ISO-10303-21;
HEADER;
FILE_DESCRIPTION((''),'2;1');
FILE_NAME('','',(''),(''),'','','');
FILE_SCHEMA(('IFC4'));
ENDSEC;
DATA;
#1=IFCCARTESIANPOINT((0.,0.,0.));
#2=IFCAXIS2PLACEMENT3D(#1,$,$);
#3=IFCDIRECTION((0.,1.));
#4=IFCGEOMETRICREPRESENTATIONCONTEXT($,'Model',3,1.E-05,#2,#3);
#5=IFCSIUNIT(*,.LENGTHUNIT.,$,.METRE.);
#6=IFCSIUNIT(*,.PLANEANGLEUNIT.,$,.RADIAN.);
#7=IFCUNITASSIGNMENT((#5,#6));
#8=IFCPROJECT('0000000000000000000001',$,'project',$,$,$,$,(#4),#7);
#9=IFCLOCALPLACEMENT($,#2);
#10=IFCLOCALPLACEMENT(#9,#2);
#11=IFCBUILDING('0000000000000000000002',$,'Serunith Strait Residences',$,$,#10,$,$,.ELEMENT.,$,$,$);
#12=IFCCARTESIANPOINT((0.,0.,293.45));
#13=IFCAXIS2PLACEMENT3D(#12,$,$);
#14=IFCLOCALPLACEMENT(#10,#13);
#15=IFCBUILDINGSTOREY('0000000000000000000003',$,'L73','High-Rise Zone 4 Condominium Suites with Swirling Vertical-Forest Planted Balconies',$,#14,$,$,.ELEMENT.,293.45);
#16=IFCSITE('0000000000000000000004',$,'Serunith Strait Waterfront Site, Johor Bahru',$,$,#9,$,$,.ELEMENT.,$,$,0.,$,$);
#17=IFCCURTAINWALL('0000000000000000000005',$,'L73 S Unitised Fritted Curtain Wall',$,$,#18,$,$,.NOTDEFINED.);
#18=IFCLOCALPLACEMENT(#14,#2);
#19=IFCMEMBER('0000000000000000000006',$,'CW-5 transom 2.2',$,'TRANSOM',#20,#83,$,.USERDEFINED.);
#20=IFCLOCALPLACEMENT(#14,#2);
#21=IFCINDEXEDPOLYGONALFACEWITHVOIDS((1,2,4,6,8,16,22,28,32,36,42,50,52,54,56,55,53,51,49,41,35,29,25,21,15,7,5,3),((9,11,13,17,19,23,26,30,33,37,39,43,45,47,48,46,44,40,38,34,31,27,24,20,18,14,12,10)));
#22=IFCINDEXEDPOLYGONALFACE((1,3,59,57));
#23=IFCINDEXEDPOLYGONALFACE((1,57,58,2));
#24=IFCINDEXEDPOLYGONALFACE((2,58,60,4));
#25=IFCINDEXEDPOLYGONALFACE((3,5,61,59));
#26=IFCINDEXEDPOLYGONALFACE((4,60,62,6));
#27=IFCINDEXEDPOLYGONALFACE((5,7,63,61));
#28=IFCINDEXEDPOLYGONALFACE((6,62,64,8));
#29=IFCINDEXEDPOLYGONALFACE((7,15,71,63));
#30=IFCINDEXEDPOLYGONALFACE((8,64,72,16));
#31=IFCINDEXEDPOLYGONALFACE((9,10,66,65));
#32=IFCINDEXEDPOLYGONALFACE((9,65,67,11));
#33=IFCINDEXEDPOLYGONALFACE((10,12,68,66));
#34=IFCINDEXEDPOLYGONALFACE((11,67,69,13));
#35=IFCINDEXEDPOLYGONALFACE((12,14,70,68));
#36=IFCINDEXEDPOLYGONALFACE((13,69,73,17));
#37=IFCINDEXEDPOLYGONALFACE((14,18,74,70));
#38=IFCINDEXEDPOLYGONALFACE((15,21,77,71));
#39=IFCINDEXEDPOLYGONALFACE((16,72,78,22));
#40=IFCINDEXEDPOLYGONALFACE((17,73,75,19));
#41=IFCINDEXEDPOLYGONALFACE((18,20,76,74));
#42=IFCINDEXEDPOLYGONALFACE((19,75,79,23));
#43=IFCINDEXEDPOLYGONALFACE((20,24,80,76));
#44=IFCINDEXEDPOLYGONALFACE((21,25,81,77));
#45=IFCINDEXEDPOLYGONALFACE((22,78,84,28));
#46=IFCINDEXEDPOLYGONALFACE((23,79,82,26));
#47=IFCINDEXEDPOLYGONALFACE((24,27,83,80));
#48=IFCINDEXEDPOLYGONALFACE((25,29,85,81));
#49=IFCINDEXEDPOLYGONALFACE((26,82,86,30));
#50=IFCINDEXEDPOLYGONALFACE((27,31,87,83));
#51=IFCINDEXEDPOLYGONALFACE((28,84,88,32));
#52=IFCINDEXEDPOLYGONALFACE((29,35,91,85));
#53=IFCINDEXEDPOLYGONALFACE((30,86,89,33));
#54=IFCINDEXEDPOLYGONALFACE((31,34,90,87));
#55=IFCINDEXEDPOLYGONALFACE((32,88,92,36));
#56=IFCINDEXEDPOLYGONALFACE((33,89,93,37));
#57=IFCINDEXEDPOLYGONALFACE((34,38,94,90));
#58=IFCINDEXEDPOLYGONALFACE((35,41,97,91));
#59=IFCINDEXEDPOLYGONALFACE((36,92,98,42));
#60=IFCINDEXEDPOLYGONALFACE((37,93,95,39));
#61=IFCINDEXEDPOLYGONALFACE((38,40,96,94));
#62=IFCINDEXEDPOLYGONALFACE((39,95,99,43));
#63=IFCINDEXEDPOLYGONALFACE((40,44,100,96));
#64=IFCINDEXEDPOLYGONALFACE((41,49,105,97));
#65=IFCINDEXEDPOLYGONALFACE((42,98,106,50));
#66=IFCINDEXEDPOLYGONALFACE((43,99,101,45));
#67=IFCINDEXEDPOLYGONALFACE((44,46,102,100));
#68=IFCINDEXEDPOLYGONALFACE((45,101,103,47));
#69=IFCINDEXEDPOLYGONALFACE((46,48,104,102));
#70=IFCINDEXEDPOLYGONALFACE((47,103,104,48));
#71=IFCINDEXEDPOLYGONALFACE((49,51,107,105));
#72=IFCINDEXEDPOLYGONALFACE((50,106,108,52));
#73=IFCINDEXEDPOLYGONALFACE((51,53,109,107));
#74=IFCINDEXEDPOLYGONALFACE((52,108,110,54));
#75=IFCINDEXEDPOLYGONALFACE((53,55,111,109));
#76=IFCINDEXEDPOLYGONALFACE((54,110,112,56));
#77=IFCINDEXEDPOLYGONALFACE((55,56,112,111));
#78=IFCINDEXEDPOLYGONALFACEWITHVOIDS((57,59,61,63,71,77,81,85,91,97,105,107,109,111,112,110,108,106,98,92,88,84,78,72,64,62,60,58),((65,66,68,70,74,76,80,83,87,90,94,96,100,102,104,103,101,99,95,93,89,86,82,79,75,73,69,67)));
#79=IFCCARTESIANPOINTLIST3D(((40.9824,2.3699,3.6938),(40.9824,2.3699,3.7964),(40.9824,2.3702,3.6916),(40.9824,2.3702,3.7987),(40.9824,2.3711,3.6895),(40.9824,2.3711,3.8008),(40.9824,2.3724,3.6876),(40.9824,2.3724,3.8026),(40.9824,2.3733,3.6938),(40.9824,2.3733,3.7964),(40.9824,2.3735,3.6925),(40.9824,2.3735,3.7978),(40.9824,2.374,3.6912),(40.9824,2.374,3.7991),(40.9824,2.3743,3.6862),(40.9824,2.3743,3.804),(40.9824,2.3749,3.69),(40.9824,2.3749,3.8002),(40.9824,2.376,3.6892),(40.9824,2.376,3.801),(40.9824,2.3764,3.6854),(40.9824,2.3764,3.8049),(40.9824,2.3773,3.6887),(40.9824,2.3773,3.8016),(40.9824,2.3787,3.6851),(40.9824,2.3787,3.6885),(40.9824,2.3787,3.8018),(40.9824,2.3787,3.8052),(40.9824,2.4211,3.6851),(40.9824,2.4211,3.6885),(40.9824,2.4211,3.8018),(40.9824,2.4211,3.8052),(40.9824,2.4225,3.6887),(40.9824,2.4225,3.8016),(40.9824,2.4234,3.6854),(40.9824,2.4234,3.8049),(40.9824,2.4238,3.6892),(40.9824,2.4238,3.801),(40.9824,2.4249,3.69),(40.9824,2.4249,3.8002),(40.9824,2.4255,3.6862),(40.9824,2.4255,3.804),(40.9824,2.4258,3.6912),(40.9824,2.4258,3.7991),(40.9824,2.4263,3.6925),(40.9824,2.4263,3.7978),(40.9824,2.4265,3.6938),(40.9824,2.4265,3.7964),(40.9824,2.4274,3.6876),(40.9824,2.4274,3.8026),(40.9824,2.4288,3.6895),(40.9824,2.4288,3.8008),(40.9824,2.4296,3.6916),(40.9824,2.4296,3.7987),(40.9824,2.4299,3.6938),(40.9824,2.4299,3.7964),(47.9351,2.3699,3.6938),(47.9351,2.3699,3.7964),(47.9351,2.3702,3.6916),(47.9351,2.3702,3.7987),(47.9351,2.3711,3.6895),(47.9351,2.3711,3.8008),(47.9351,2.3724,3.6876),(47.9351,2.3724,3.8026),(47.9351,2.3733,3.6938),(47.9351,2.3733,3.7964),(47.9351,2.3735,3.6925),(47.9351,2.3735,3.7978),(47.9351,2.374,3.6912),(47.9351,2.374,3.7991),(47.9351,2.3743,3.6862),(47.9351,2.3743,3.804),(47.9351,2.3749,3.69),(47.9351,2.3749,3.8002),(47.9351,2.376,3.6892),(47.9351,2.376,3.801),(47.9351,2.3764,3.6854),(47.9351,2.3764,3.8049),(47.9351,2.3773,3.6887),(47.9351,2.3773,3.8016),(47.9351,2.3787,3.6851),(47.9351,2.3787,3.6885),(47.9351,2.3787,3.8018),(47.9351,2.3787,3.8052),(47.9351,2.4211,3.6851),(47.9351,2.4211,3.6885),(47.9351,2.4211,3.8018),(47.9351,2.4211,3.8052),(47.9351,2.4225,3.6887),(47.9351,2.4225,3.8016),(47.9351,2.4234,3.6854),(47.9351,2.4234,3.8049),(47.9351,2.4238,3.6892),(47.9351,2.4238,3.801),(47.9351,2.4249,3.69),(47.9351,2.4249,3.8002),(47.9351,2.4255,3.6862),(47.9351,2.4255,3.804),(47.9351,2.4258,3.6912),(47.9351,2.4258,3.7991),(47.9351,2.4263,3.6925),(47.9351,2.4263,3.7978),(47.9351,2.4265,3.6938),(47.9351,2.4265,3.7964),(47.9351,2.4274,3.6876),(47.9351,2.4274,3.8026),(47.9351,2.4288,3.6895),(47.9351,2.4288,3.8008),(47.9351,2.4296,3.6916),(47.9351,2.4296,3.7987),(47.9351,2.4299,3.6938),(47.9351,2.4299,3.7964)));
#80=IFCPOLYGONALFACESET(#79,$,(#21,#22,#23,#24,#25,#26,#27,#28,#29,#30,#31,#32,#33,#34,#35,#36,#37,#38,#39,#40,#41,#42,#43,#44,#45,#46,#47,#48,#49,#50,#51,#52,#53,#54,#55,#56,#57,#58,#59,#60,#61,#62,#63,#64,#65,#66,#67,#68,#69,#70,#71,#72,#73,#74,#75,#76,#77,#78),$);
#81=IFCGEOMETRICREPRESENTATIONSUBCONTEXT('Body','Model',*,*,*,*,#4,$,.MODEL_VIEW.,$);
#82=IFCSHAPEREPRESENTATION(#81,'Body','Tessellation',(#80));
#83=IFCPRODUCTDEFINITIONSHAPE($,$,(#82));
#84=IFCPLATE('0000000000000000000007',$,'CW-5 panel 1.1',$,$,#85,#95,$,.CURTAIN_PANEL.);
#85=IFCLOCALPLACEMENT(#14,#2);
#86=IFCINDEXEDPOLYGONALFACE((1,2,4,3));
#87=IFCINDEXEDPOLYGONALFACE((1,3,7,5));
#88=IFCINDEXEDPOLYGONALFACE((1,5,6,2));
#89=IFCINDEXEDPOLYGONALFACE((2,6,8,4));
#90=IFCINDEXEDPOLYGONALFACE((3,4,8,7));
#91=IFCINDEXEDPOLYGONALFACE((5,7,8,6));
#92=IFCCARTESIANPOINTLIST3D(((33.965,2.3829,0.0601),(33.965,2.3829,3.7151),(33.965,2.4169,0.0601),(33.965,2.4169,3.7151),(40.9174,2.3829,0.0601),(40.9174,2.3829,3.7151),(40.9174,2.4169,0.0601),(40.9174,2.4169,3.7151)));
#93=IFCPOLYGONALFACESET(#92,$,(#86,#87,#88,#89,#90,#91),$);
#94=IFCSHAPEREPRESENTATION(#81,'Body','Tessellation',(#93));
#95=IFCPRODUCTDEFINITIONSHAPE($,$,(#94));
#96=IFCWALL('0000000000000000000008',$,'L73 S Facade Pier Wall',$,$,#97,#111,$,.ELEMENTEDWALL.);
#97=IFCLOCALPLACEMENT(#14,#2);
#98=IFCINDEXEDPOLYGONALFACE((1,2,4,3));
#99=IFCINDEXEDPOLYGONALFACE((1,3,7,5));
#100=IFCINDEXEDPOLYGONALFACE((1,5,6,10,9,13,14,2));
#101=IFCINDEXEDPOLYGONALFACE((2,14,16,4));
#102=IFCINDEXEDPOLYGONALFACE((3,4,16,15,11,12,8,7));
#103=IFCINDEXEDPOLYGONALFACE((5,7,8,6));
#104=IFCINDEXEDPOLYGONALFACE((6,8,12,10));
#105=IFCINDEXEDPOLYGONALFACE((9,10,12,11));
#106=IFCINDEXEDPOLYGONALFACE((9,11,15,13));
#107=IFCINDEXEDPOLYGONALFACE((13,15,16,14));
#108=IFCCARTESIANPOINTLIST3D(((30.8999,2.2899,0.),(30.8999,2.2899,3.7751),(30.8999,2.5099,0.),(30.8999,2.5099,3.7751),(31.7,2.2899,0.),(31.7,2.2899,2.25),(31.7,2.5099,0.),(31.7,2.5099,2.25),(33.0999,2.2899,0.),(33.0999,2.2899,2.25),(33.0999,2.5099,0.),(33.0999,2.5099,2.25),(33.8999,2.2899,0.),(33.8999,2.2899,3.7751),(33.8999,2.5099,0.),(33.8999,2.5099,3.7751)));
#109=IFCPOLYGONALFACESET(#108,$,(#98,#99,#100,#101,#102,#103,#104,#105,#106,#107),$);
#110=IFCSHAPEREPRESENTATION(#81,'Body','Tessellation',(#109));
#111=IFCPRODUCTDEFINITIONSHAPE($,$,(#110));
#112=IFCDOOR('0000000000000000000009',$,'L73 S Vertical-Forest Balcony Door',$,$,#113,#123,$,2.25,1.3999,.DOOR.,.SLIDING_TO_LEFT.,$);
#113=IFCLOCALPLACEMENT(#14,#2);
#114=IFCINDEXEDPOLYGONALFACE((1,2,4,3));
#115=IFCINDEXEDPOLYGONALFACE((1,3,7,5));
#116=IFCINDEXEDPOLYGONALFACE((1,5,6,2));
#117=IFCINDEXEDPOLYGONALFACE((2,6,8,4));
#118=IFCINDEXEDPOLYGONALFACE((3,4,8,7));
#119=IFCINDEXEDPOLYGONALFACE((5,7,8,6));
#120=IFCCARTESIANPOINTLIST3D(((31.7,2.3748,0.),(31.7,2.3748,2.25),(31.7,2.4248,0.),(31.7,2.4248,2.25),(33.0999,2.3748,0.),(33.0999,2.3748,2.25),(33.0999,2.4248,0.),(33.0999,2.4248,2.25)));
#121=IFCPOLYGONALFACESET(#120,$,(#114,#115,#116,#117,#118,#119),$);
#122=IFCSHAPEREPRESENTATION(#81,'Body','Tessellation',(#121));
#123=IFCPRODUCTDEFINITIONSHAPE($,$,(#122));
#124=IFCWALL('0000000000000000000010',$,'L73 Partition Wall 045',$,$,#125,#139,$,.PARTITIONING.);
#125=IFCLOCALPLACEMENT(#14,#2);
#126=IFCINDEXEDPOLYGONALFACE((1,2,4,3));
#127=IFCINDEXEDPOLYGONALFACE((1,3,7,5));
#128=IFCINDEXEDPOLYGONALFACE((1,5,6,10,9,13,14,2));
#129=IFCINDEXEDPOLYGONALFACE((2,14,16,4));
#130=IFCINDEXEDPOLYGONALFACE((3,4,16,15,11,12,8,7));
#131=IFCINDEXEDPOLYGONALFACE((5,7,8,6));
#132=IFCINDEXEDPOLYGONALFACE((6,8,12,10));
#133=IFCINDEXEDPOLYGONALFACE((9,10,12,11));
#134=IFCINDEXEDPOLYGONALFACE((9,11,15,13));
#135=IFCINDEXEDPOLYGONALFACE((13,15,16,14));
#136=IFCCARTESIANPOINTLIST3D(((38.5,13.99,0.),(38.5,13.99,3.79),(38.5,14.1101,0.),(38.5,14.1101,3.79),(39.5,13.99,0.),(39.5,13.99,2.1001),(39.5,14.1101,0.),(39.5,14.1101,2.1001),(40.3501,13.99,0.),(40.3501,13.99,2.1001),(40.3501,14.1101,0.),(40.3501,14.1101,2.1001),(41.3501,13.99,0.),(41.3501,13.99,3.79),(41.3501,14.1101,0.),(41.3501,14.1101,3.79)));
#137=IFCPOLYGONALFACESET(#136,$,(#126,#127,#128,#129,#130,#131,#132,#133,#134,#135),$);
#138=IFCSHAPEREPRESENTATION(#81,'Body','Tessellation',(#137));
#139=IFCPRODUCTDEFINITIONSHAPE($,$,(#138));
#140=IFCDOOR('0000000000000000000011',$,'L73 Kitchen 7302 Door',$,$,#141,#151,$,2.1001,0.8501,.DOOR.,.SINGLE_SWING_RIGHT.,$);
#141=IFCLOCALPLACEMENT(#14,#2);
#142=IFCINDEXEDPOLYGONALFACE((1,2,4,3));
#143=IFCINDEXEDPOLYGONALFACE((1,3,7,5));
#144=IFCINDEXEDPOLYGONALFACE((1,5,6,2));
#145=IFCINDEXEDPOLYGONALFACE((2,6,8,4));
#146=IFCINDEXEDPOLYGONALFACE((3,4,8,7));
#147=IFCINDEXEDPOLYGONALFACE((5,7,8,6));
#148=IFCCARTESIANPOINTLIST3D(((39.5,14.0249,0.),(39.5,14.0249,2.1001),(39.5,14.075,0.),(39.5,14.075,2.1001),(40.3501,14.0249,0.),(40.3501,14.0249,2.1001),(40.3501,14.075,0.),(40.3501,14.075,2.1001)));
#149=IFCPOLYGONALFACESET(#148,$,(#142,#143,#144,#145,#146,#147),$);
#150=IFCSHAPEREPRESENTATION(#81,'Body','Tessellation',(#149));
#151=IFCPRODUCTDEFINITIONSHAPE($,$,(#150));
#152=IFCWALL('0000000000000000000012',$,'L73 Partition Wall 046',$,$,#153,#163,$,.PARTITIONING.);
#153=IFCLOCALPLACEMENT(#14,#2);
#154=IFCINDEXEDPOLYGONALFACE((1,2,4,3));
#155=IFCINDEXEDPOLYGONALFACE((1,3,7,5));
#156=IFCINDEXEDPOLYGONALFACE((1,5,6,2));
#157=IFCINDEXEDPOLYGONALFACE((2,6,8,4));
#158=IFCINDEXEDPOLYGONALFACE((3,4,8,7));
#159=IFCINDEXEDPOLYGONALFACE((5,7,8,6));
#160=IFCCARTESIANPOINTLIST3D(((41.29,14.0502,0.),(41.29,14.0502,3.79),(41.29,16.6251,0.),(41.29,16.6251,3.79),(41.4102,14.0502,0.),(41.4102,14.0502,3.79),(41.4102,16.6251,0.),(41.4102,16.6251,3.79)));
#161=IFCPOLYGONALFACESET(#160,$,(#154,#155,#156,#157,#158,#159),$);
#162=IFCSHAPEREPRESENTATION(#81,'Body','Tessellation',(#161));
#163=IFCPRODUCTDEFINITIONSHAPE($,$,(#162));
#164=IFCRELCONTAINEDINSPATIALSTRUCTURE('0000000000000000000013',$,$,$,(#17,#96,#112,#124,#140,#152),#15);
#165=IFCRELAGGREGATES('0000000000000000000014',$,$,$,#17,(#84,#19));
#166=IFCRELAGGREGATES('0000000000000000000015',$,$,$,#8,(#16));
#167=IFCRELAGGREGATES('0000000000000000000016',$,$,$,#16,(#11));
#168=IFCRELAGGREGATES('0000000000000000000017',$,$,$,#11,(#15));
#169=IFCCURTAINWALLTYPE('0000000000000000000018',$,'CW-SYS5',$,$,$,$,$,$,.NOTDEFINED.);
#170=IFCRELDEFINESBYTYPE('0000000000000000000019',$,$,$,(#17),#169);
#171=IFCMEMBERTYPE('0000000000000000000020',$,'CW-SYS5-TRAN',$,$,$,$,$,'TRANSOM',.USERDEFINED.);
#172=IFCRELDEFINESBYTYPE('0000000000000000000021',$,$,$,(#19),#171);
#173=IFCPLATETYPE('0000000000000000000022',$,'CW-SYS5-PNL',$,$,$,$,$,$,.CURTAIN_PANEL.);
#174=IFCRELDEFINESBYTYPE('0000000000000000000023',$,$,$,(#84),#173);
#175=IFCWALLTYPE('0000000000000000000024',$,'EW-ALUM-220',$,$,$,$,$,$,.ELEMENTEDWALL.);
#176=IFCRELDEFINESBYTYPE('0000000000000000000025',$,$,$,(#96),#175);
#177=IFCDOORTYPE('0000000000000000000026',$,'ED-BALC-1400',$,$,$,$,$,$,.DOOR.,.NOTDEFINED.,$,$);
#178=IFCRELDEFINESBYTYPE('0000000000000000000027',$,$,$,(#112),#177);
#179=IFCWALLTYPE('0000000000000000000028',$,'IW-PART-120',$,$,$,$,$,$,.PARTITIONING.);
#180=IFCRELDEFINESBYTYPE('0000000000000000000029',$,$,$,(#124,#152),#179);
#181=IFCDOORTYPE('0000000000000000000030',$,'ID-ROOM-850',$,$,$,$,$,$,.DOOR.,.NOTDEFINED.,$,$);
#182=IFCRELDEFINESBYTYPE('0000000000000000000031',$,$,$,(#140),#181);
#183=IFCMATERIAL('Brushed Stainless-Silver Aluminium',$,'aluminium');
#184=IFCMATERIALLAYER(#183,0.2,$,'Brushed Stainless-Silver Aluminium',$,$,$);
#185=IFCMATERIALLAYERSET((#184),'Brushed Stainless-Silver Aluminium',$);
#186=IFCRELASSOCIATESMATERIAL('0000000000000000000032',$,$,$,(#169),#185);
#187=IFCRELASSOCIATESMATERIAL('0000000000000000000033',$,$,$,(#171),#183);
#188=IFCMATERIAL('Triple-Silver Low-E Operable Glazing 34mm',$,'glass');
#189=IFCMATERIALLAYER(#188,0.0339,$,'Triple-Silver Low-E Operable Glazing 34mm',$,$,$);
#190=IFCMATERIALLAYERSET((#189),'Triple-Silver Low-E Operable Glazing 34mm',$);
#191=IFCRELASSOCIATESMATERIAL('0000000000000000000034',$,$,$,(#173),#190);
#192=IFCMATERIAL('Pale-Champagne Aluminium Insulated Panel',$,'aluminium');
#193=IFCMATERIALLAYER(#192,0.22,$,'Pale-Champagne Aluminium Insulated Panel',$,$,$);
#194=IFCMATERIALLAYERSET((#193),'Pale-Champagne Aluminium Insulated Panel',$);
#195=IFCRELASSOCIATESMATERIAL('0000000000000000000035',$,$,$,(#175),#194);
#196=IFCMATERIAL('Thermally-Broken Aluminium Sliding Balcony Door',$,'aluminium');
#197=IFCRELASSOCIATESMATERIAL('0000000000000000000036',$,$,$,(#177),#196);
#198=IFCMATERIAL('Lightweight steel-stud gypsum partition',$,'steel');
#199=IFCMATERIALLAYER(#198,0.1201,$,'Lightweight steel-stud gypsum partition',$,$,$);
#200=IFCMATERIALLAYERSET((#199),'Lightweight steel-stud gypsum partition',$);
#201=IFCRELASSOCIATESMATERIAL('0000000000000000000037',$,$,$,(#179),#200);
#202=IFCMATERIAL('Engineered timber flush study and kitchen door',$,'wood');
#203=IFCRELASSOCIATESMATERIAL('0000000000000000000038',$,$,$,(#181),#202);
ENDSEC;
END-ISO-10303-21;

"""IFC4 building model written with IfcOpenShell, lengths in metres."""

from ifc_helpers import new_model, si_unit, direction, frame, frame_2d, origin, origin_2d, place, context, subcontext, project, spatial, rectangle, hollow_rectangle, extrude, source, transform, mapped, material, layer, layer_set, material_profile, profile_set, type_object, element, fill, aggregate, save


model = new_model("IFC4")

# Units and contexts
model_context = context("Model", 3, precision=1e-05, world=origin(), true_north=direction((0.0, 1.0)))
body_context = subcontext(model_context, "Body", "Model", "MODEL_VIEW")
ifc_project = project(units=[si_unit("LENGTHUNIT", "METRE"), si_unit("PLANEANGLEUNIT", "RADIAN")], contexts=[model_context])

# Site, building, storey
site_placement = place(None, origin())
site = spatial("IfcSite", under=ifc_project, at=site_placement, Name="Serunith Strait Waterfront Site, Johor Bahru", CompositionType="ELEMENT", RefElevation=0.0)
building_placement = place(site_placement, origin())
building = spatial("IfcBuilding", under=site, at=building_placement, Name="Serunith Strait Residences", CompositionType="ELEMENT")
storey_placement = place(building_placement, frame((0.0, 0.0, 293.45)))
storey = spatial("IfcBuildingStorey", under=building, at=storey_placement, Name="L73", Description="High-Rise Zone 4 Condominium Suites with Swirling Vertical-Forest Planted Balconies", CompositionType="ELEMENT", Elevation=293.45)

# Shared definitions
ifc_material_1 = material(Name="Brushed Stainless-Silver Aluminium", Category="aluminium")
ifc_layer_1 = layer(ifc_material_1, 0.2, Name="Brushed Stainless-Silver Aluminium")
ifc_layer_set_1 = layer_set([ifc_layer_1], Name="Brushed Stainless-Silver Aluminium")
curtain_wall_type = type_object("IfcCurtainWallType", Name="CW-SYS5", PredefinedType="NOTDEFINED", material=ifc_layer_set_1)

# Curtain wall, member, plate
curtain_wall_1_placement = place(storey_placement, origin())
curtain_wall_1 = element("IfcCurtainWall", 1, at=curtain_wall_1_placement, inside=storey, type_object=curtain_wall_type, Name="L73 S Unitised Fritted Curtain Wall", PredefinedType="NOTDEFINED")
ifc_material_profile_1 = material_profile(ifc_material_1, hollow_rectangle(XDim=0.0601, YDim=0.1201, WallThickness=0.0034, InnerFilletRadius=0.0054, OuterFilletRadius=0.0088, at=origin_2d()), Name="ALU 120x60x3.5")
ifc_profile_set_1 = profile_set([ifc_material_profile_1], Name="Brushed Stainless-Silver Aluminium")
member_type_1 = type_object("IfcMemberType", Name="CW-SYS5-TRAN", ElementType="TRANSOM", PredefinedType="USERDEFINED", material=ifc_profile_set_1)
shared_shape_1 = source(origin(), body_context, "Body", "SweptSolid", [
    extrude(hollow_rectangle(XDim=0.0601, YDim=0.1201, WallThickness=0.0034, InnerFilletRadius=0.0054, OuterFilletRadius=0.0088, at=origin_2d()), origin(), (0.0, 0.0, 1.0), 6.9526),
])
member_1_placement = place(storey_placement, frame((40.9824, 2.3999, 3.7451), z_axis=(1.0, 0.0, 0.0), x_axis=(0.0, 1.0, 0.0)))
member_1 = element("IfcMember", 2, at=member_1_placement, type_object=member_type_1, Name="CW-5 transom 2.2", ObjectType="TRANSOM", PredefinedType="USERDEFINED", context=body_context, shape_type="MappedRepresentation", body=[
    mapped(shared_shape_1, transform((0.0, 0.0, 0.0), scale=1.0)),
])
ifc_material_2 = material(Name="Triple-Silver Low-E Operable Glazing 34mm", Category="glass")
ifc_layer_2 = layer(ifc_material_2, 0.0339, Name="Triple-Silver Low-E Operable Glazing 34mm")
ifc_layer_set_2 = layer_set([ifc_layer_2], Name="Triple-Silver Low-E Operable Glazing 34mm")
plate_type = type_object("IfcPlateType", Name="CW-SYS5-PNL", PredefinedType="CURTAIN_PANEL", material=ifc_layer_set_2)
shared_shape_2 = source(origin(), body_context, "Body", "SweptSolid", [
    extrude(rectangle(XDim=6.9524, YDim=0.0339, at=origin_2d()), origin(), (0.0, 0.0, 1.0), 3.655),
])
plate_placement = place(storey_placement, frame((37.4412, 2.3999, 0.0601), z_axis=(0.0, 0.0, 1.0), x_axis=(1.0, 0.0, 0.0)))
plate = element("IfcPlate", 3, at=plate_placement, type_object=plate_type, Name="CW-5 panel 1.1", PredefinedType="CURTAIN_PANEL", context=body_context, shape_type="MappedRepresentation", body=[
    mapped(shared_shape_2, transform((0.0, 0.0, 0.0), scale=1.0)),
])
aggregate(curtain_wall_1, [plate, member_1])

# Walls, openings, doors
ifc_material_3 = material(Name="Pale-Champagne Aluminium Insulated Panel", Category="aluminium")
ifc_layer_3 = layer(ifc_material_3, 0.22, Name="Pale-Champagne Aluminium Insulated Panel")
ifc_layer_set_3 = layer_set([ifc_layer_3], Name="Pale-Champagne Aluminium Insulated Panel")
wall_type_1 = type_object("IfcWallType", Name="EW-ALUM-220", PredefinedType="ELEMENTEDWALL", material=ifc_layer_set_3)
wall_1_placement = place(storey_placement, frame((30.8999, 2.3999, 0.0), z_axis=(0.0, 0.0, 1.0), x_axis=(1.0, 0.0, 0.0)))
wall_1 = element("IfcWall", 4, at=wall_1_placement, inside=storey, type_object=wall_type_1, Name="L73 S Facade Pier Wall", PredefinedType="ELEMENTEDWALL", context=body_context, shape_type="SweptSolid", body=[
    extrude(rectangle(XDim=3.0, YDim=0.22, at=frame_2d((1.5, 0.0))), origin(), (0.0, 0.0, 1.0), 3.7751),
])
opening_1_placement = place(wall_1_placement, frame((0.8, 0.0, 0.0)))
opening_1 = element("IfcOpeningElement", 5, at=opening_1_placement, cuts=wall_1, PredefinedType="OPENING", context=body_context, shape_type="SweptSolid", body=[
    extrude(rectangle(XDim=1.3999, YDim=2.25, at=frame_2d((0.7, 1.125))), frame((0.0, 0.1201, 0.0), z_axis=(0.0, -1.0, 0.0), x_axis=(1.0, 0.0, 0.0)), (0.0, 0.0, 1.0), 0.24),
])
ifc_material_4 = material(Name="Thermally-Broken Aluminium Sliding Balcony Door", Category="aluminium")
door_type_1 = type_object("IfcDoorType", Name="ED-BALC-1400", OperationType="NOTDEFINED", PredefinedType="DOOR", material=ifc_material_4)
shared_shape_3 = source(origin(), body_context, "Body", "SweptSolid", [
    extrude(rectangle(XDim=1.3999, YDim=2.25, at=frame_2d((0.7, 1.125))), frame((0.0, 0.0249, 0.0), z_axis=(0.0, -1.0, 0.0), x_axis=(1.0, 0.0, 0.0)), (0.0, 0.0, 1.0), 0.05),
])
door_1_placement = place(opening_1_placement, origin())
door_1 = element("IfcDoor", 6, at=door_1_placement, inside=storey, type_object=door_type_1, Name="L73 S Vertical-Forest Balcony Door", OperationType="SLIDING_TO_LEFT", OverallHeight=2.25, OverallWidth=1.3999, PredefinedType="DOOR", context=body_context, shape_type="MappedRepresentation", body=[
    mapped(shared_shape_3, transform((0.0, 0.0, 0.0), scale=1.0)),
])
fill(opening_1, door_1)
ifc_material_5 = material(Name="Lightweight steel-stud gypsum partition", Category="steel")
ifc_layer_4 = layer(ifc_material_5, 0.1201, Name="Lightweight steel-stud gypsum partition")
ifc_layer_set_4 = layer_set([ifc_layer_4], Name="Lightweight steel-stud gypsum partition")
wall_type_2 = type_object("IfcWallType", Name="IW-PART-120", PredefinedType="PARTITIONING", material=ifc_layer_set_4)
wall_2_placement = place(storey_placement, frame((38.5, 14.05, 0.0), z_axis=(0.0, 0.0, 1.0), x_axis=(1.0, 0.0, 0.0)))
wall_2 = element("IfcWall", 7, at=wall_2_placement, inside=storey, type_object=wall_type_2, Name="L73 Partition Wall 045", PredefinedType="PARTITIONING", context=body_context, shape_type="SweptSolid", body=[
    extrude(rectangle(XDim=2.8501, YDim=0.1201, at=frame_2d((1.425, 0.0))), origin(), (0.0, 0.0, 1.0), 3.79),
])
opening_2_placement = place(wall_2_placement, frame((1.0, 0.0, 0.0)))
opening_2 = element("IfcOpeningElement", 8, at=opening_2_placement, cuts=wall_2, PredefinedType="OPENING", context=body_context, shape_type="SweptSolid", body=[
    extrude(rectangle(XDim=0.8501, YDim=2.1001, at=frame_2d((0.425, 1.05))), frame((0.0, 0.0701, 0.0), z_axis=(0.0, -1.0, 0.0), x_axis=(1.0, 0.0, 0.0)), (0.0, 0.0, 1.0), 0.1401),
])
ifc_material_6 = material(Name="Engineered timber flush study and kitchen door", Category="wood")
door_type_2 = type_object("IfcDoorType", Name="ID-ROOM-850", OperationType="NOTDEFINED", PredefinedType="DOOR", material=ifc_material_6)
shared_shape_4 = source(origin(), body_context, "Body", "SweptSolid", [
    extrude(rectangle(XDim=0.8501, YDim=2.1001, at=frame_2d((0.425, 1.05))), frame((0.0, 0.0249, 0.0), z_axis=(0.0, -1.0, 0.0), x_axis=(1.0, 0.0, 0.0)), (0.0, 0.0, 1.0), 0.05),
])
door_2_placement = place(opening_2_placement, origin())
door_2 = element("IfcDoor", 9, at=door_2_placement, inside=storey, type_object=door_type_2, Name="L73 Kitchen 7302 Door", OperationType="SINGLE_SWING_RIGHT", OverallHeight=2.1001, OverallWidth=0.8501, PredefinedType="DOOR", context=body_context, shape_type="MappedRepresentation", body=[
    mapped(shared_shape_4, transform((0.0, 0.0, 0.0), scale=1.0)),
])
fill(opening_2, door_2)

# Wall
wall_3_placement = place(storey_placement, frame((41.3501, 14.05, 0.0), z_axis=(0.0, 0.0, 1.0), x_axis=(0.0, 1.0, 0.0)))
element("IfcWall", 10, at=wall_3_placement, inside=storey, type_object=wall_type_2, Name="L73 Partition Wall 046", PredefinedType="PARTITIONING", context=body_context, shape_type="SweptSolid", body=[
    extrude(rectangle(XDim=2.575, YDim=0.1201, at=frame_2d((1.2876, 0.0))), origin(), (0.0, 0.0, 1.0), 3.79),
])

save(model, "model.ifc")
